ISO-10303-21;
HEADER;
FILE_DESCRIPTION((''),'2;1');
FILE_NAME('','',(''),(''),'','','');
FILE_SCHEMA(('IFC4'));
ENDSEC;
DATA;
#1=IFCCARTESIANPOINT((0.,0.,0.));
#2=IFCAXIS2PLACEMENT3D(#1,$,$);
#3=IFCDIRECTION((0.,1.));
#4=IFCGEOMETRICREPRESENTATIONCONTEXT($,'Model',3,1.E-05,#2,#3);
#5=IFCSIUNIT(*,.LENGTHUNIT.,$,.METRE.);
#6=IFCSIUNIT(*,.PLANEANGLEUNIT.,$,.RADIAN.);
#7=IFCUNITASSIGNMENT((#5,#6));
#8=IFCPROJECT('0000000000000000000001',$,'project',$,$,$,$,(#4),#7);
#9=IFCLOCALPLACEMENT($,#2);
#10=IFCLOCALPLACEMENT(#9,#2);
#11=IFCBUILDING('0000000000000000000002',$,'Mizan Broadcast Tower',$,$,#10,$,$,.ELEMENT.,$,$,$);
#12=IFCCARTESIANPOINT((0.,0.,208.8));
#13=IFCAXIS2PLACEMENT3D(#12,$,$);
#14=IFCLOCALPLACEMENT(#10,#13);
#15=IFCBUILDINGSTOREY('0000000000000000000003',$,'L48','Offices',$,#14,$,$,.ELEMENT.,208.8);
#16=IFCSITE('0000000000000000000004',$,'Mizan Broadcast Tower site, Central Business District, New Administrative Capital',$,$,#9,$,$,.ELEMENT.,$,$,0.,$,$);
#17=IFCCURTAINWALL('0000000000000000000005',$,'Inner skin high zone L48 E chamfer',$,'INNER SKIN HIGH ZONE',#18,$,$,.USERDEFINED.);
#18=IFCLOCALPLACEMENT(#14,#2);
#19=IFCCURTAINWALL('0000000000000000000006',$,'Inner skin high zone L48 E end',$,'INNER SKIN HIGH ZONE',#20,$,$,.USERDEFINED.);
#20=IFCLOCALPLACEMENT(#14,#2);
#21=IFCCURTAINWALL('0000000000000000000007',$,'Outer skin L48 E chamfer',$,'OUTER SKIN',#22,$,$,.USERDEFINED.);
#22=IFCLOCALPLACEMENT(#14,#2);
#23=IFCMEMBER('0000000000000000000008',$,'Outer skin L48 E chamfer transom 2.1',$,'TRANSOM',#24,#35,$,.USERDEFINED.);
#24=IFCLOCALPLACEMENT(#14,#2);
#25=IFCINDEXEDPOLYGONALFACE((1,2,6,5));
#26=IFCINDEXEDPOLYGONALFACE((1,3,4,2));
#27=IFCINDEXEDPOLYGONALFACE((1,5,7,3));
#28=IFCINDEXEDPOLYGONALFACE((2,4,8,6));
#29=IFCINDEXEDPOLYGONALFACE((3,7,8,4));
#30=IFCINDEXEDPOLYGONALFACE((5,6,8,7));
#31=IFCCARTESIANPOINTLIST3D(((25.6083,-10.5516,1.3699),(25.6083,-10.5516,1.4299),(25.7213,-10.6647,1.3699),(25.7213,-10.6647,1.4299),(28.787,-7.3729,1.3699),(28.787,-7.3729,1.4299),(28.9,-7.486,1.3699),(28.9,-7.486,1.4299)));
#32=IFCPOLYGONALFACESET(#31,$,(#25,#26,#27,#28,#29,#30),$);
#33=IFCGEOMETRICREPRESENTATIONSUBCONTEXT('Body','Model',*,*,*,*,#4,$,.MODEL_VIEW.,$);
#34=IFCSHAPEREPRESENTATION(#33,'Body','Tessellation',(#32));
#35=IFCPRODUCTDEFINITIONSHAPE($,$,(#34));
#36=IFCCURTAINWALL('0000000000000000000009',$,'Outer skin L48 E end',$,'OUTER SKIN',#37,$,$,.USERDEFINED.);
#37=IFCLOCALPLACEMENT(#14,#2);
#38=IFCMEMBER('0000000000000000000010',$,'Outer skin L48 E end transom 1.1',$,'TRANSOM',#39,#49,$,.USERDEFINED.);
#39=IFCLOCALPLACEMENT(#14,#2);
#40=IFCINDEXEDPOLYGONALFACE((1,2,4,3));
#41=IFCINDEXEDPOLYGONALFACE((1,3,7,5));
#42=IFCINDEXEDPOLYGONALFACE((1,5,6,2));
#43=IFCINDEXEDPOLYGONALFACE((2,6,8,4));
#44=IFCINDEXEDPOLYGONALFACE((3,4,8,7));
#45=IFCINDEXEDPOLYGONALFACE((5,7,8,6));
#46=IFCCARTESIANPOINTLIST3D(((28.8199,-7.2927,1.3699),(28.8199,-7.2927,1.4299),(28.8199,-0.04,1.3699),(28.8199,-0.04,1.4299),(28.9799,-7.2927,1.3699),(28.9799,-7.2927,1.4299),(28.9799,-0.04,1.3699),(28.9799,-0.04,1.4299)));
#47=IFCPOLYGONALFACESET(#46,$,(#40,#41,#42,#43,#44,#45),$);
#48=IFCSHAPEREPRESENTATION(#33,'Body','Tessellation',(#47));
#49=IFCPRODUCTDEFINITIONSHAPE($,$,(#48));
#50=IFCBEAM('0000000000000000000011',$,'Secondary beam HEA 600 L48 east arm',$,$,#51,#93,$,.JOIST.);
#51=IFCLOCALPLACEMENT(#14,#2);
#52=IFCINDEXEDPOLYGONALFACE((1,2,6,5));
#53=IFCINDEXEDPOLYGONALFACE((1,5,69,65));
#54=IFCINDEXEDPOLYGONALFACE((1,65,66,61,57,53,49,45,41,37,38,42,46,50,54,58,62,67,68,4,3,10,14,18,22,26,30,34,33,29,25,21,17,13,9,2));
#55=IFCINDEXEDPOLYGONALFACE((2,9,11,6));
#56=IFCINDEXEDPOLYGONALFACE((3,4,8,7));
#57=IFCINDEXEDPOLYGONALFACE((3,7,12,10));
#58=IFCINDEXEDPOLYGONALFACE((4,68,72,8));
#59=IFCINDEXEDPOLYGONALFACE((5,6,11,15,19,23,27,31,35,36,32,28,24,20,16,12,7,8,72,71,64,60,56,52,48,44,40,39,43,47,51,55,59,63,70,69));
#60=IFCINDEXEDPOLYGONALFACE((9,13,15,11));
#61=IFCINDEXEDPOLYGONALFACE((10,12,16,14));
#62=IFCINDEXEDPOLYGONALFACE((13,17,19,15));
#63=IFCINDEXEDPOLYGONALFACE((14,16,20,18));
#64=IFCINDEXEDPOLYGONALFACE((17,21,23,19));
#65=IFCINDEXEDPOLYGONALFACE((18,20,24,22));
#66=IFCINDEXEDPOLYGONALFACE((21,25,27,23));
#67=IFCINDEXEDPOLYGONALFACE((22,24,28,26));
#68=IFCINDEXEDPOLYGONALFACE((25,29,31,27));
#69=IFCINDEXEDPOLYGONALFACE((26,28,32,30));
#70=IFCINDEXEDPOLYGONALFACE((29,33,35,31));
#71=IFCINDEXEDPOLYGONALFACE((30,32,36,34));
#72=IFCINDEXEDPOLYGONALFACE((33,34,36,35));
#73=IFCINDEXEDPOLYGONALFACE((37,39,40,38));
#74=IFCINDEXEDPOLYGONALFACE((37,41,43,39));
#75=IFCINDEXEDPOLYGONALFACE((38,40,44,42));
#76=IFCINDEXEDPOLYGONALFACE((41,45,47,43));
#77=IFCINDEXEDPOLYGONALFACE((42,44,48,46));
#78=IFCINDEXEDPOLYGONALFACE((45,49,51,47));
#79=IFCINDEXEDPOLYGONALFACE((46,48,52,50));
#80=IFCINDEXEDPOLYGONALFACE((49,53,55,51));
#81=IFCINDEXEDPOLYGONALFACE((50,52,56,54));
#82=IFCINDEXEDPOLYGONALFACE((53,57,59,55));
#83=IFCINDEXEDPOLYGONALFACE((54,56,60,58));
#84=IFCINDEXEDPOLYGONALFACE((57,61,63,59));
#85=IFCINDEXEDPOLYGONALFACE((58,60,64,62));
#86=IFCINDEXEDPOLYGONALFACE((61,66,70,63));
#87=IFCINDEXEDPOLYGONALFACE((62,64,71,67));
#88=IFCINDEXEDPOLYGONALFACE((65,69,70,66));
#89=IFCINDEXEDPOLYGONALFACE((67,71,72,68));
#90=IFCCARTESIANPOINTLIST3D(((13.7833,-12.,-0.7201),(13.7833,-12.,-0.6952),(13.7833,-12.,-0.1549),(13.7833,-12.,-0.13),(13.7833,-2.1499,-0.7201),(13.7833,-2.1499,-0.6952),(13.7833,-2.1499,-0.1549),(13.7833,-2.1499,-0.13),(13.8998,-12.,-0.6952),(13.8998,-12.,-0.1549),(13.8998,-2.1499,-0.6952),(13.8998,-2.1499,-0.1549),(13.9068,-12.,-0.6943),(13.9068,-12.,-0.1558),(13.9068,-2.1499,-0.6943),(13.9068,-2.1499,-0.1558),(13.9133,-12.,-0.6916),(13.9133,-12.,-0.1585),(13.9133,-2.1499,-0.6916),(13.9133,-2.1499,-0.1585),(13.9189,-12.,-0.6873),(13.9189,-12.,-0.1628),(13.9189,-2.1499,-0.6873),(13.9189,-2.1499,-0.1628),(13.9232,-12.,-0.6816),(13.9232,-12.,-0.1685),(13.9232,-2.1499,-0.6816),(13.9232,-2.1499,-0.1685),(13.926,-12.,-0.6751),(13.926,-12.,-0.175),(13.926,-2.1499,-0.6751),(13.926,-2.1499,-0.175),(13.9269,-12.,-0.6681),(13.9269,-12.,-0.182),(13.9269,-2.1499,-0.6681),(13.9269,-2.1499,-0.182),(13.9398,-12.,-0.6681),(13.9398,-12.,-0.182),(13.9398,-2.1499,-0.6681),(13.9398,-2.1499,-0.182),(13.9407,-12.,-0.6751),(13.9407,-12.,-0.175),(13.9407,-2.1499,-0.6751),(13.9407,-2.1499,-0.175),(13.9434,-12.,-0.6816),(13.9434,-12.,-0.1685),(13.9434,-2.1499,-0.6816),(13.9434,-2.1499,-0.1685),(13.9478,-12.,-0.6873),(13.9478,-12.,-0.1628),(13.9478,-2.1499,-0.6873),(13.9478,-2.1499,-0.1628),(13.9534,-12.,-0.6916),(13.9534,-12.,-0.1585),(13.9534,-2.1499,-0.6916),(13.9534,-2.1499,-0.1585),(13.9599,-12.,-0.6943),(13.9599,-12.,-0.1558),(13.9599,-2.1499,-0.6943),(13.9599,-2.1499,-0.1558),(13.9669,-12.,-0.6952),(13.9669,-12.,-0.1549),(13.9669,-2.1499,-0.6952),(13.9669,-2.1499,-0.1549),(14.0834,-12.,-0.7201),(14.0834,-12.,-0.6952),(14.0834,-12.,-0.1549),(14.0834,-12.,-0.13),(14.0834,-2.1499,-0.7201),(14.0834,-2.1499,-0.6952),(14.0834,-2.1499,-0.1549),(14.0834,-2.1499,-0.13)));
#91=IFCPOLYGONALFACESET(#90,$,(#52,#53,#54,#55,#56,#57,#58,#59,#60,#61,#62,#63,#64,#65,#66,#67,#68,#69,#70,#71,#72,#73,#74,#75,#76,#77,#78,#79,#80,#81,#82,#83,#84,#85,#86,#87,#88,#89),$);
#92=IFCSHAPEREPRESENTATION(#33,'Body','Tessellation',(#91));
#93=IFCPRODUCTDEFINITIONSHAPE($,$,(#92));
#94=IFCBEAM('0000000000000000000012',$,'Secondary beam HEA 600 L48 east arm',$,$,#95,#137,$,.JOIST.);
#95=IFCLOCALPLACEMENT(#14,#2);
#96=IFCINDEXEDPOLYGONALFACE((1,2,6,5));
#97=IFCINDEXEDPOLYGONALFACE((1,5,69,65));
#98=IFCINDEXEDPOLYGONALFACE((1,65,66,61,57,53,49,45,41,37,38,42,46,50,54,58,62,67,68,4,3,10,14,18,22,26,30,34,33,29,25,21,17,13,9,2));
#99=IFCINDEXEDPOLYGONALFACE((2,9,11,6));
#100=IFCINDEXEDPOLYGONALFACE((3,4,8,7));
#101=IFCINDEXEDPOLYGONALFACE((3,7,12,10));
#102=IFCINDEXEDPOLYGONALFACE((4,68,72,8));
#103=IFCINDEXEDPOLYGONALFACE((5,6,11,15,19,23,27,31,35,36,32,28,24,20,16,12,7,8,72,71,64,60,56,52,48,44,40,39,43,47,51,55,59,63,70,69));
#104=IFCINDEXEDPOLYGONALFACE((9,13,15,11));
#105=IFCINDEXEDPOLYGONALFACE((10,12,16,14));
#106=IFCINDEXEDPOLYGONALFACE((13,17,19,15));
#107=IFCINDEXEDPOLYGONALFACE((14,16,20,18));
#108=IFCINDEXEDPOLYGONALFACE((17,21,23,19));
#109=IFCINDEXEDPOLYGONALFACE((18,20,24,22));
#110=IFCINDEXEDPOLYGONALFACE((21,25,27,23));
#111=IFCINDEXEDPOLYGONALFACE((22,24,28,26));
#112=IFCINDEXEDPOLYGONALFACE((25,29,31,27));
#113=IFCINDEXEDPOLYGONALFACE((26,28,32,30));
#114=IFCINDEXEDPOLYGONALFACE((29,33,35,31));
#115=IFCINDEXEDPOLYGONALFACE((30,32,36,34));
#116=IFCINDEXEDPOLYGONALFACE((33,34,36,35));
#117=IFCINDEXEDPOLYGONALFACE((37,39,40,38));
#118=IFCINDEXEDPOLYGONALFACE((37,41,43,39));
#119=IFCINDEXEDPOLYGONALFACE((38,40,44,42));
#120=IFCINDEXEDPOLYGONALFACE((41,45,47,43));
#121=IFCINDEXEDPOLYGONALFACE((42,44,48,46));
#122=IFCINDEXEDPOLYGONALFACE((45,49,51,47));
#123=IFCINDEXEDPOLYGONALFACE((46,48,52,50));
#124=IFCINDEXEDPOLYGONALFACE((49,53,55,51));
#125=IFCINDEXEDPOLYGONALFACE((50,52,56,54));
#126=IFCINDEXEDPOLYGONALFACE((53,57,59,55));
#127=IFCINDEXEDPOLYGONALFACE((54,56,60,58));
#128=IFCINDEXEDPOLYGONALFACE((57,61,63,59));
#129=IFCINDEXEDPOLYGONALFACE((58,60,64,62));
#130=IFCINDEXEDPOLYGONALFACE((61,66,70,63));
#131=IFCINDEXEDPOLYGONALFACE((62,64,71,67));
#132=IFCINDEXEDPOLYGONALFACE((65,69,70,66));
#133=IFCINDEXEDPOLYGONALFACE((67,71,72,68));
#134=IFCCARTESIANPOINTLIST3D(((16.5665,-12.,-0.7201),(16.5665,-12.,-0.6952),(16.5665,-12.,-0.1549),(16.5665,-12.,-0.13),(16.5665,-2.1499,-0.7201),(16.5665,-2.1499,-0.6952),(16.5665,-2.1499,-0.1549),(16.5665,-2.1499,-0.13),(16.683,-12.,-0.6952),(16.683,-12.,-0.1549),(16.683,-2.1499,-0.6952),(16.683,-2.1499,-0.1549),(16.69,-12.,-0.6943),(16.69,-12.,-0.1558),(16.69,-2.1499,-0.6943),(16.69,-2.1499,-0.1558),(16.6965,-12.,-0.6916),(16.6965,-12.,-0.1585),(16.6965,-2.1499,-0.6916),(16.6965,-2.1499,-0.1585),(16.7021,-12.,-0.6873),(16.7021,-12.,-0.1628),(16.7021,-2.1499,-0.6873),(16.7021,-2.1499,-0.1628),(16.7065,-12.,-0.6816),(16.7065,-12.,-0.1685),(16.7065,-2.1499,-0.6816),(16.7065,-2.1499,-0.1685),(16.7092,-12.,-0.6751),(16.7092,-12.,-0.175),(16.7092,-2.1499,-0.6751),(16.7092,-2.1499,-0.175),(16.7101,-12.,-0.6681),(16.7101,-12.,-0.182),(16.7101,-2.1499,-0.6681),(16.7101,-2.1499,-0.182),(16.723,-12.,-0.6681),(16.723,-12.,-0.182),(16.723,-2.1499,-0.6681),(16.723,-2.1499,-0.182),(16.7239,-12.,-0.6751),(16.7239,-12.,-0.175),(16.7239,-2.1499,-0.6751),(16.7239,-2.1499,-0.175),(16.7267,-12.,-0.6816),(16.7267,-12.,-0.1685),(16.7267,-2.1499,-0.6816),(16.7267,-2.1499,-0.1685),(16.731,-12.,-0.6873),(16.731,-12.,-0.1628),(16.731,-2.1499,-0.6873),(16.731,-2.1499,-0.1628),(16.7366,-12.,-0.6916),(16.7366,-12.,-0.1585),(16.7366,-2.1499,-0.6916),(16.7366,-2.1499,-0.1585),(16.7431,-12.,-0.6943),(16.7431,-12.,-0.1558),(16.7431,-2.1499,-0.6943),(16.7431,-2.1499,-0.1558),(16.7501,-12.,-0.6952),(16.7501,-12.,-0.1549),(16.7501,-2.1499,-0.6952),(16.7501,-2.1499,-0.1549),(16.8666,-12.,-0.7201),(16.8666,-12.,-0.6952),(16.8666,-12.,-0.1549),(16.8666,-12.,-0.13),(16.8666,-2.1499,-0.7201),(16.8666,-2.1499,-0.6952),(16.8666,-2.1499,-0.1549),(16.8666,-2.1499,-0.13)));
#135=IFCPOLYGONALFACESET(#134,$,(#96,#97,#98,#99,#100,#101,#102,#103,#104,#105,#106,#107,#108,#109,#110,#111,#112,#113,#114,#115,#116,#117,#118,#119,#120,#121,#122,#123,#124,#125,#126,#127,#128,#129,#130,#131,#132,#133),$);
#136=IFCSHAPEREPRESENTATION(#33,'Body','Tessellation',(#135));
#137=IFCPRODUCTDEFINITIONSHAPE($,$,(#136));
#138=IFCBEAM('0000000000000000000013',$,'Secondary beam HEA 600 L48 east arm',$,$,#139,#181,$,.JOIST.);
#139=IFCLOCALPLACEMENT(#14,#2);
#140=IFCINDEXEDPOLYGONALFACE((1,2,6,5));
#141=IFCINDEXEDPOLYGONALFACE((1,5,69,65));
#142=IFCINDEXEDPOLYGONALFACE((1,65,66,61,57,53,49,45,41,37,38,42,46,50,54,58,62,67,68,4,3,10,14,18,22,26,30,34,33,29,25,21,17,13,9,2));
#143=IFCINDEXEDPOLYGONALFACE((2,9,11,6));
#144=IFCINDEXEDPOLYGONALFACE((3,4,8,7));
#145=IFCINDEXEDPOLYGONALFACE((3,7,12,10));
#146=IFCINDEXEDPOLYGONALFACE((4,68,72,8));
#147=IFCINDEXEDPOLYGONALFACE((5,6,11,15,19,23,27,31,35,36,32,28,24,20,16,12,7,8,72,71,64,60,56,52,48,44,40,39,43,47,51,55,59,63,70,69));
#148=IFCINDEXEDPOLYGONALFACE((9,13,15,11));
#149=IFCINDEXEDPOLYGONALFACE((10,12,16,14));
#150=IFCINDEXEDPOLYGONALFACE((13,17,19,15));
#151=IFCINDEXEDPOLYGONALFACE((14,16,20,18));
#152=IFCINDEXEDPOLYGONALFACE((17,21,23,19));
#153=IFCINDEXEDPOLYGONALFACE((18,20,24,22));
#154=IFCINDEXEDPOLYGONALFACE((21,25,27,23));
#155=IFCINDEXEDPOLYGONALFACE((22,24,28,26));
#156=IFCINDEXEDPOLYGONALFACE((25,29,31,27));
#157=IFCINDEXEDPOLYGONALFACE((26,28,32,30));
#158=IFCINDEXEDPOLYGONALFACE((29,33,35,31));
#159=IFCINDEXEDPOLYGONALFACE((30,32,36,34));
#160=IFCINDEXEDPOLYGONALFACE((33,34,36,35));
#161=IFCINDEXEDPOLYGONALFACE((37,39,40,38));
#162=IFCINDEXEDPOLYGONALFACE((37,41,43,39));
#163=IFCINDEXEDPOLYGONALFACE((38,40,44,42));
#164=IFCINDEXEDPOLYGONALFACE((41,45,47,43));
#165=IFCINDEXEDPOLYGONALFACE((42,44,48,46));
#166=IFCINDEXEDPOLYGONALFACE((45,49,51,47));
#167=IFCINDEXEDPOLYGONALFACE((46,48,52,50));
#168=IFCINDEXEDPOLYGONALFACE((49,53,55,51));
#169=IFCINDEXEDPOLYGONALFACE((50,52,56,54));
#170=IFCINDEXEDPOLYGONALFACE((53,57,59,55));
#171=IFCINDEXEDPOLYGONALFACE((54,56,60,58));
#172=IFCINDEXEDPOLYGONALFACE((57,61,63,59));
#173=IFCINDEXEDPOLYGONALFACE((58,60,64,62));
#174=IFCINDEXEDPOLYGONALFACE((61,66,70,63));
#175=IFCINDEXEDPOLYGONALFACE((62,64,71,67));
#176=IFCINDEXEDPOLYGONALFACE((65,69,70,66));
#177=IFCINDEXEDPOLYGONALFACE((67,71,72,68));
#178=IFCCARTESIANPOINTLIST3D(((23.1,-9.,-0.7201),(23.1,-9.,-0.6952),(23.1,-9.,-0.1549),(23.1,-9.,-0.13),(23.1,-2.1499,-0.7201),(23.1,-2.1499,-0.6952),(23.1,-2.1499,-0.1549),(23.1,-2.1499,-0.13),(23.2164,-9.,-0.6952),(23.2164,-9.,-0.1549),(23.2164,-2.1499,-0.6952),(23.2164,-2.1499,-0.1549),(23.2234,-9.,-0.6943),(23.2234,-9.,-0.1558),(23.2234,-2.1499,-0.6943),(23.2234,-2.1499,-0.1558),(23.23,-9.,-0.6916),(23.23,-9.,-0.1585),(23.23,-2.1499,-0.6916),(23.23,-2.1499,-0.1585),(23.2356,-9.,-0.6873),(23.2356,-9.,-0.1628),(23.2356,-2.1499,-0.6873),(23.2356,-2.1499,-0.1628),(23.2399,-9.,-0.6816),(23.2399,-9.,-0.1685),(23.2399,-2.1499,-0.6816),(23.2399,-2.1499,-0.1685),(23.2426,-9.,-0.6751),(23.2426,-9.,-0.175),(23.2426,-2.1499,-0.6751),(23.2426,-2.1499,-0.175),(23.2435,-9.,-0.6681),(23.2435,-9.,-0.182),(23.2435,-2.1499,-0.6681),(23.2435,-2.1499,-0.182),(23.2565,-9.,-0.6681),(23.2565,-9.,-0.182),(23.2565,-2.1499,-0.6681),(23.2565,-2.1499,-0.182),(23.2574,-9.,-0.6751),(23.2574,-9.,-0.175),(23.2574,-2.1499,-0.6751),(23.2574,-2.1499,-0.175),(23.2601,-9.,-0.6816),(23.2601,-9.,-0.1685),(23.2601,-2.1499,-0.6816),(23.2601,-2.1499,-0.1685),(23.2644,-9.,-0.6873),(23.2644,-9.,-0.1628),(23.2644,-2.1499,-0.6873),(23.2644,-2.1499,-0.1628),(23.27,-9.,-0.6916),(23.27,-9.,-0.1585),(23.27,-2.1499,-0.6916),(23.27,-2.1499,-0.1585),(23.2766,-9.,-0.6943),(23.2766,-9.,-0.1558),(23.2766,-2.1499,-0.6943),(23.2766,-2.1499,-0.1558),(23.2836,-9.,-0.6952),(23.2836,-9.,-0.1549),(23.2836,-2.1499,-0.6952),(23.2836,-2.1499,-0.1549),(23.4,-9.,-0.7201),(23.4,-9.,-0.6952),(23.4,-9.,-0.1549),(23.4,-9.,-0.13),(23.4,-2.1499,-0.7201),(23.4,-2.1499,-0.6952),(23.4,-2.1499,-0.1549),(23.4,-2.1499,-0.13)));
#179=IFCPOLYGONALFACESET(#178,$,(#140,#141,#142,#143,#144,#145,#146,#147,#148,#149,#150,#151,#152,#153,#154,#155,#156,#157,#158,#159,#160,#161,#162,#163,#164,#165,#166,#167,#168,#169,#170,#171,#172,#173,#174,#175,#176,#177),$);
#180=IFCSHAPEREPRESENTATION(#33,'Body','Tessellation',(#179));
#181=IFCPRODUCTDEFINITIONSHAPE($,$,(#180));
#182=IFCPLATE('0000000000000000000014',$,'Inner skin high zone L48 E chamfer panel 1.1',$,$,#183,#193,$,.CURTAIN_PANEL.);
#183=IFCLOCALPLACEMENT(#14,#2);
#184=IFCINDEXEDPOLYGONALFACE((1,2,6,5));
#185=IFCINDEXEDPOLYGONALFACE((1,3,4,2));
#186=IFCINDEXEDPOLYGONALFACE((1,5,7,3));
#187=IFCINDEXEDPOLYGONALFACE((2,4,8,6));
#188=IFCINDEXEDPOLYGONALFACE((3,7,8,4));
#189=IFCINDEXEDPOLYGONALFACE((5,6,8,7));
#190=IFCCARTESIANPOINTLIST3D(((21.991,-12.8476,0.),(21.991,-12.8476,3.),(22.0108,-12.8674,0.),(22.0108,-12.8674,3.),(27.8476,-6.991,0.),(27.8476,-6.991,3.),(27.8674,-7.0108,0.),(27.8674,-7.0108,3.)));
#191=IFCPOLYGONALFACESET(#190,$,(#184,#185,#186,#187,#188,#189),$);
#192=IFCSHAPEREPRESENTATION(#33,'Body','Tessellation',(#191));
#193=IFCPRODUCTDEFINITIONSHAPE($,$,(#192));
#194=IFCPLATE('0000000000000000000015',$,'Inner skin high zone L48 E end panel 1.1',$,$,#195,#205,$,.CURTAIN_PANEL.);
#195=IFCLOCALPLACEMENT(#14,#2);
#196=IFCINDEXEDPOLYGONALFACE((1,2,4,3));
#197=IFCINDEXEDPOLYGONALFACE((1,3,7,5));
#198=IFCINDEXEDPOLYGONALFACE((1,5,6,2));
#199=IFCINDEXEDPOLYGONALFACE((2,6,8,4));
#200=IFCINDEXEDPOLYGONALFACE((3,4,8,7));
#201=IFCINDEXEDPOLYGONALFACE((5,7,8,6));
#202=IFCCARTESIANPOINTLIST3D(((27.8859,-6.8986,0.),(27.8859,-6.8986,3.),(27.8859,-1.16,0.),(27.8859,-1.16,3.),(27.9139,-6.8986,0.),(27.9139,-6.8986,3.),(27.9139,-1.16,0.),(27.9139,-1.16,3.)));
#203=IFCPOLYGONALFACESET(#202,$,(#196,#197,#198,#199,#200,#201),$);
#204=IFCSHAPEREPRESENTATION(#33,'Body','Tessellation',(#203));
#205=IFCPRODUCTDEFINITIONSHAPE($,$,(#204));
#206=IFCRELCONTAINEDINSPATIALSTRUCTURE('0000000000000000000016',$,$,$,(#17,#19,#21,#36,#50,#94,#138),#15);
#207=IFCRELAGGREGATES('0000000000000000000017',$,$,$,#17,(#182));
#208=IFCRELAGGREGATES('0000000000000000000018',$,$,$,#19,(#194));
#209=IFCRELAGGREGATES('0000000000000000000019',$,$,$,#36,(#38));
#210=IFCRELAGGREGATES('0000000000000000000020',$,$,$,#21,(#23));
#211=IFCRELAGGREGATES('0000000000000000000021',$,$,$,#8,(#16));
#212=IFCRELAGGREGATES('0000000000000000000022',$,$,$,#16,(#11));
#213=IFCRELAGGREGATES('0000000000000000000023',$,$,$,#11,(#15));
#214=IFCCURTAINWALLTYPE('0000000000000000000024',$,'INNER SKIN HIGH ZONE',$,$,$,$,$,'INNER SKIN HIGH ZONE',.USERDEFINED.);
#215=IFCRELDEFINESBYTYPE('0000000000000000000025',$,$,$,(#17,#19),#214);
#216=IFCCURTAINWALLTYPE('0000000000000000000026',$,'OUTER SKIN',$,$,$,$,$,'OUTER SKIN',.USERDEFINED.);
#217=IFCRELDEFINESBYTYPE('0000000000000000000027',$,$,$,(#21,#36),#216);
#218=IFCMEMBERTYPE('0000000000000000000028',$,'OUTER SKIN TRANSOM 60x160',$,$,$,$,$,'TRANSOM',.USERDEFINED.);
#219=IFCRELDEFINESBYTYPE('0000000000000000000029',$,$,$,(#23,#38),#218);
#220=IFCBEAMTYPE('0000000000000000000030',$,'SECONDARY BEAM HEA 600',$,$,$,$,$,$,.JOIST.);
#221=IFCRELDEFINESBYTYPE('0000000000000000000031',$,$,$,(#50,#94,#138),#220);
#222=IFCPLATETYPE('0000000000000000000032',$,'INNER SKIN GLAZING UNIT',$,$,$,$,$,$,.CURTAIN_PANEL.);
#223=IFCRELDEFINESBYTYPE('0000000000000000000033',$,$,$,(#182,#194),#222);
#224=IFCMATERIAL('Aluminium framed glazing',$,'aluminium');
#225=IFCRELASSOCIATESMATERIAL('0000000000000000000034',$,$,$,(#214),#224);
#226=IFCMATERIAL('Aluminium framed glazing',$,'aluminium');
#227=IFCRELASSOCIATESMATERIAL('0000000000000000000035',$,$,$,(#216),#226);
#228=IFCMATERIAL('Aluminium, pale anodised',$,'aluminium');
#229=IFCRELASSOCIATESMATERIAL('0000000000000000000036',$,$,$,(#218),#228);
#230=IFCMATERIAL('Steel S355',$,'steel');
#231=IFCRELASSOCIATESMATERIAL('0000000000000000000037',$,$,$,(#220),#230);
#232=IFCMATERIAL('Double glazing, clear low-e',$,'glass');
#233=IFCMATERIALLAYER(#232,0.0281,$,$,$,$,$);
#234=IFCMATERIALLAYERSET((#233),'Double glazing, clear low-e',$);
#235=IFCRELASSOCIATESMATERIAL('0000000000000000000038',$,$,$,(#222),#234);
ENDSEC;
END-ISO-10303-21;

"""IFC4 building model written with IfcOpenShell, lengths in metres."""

from ifc_helpers import new_model, si_unit, direction, frame, origin, origin_2d, place, context, subcontext, project, spatial, rectangle, i_section, extrude, material, layer, layer_set, material_profile, profile_set, type_object, element, aggregate, save


model = new_model("IFC4")

# Units and contexts
model_context = context("Model", 3, precision=1e-05, world=origin(), true_north=direction((0.0, 1.0)))
body_context = subcontext(model_context, "Body", "Model", "MODEL_VIEW")
ifc_project = project(units=[si_unit("LENGTHUNIT", "METRE"), si_unit("PLANEANGLEUNIT", "RADIAN")], contexts=[model_context])

# Site, building, storey
site_placement = place(None, origin())
site = spatial("IfcSite", under=ifc_project, at=site_placement, Name="Mizan Broadcast Tower site, Central Business District, New Administrative Capital", CompositionType="ELEMENT", RefElevation=0.0)
building_placement = place(site_placement, origin())
building = spatial("IfcBuilding", under=site, at=building_placement, Name="Mizan Broadcast Tower", CompositionType="ELEMENT")
storey_placement = place(building_placement, frame((0.0, 0.0, 208.8)))
storey = spatial("IfcBuildingStorey", under=building, at=storey_placement, Name="L48", Description="Offices", CompositionType="ELEMENT", Elevation=208.8)

# Curtain walls
ifc_material_1 = material(Name="Aluminium framed glazing", Category="aluminium")
curtain_wall_type_1 = type_object("IfcCurtainWallType", Name="INNER SKIN HIGH ZONE", ElementType="INNER SKIN HIGH ZONE", PredefinedType="USERDEFINED", material=ifc_material_1)
curtain_wall_1_placement = place(storey_placement, origin())
curtain_wall_1 = element("IfcCurtainWall", 1, at=curtain_wall_1_placement, inside=storey, type_object=curtain_wall_type_1, Name="Inner skin high zone L48 E chamfer", ObjectType="INNER SKIN HIGH ZONE", PredefinedType="USERDEFINED")
curtain_wall_2_placement = place(storey_placement, origin())
curtain_wall_2 = element("IfcCurtainWall", 2, at=curtain_wall_2_placement, inside=storey, type_object=curtain_wall_type_1, Name="Inner skin high zone L48 E end", ObjectType="INNER SKIN HIGH ZONE", PredefinedType="USERDEFINED")

# Curtain wall, member
ifc_material_2 = material(Name="Aluminium framed glazing", Category="aluminium")
curtain_wall_type_2 = type_object("IfcCurtainWallType", Name="OUTER SKIN", ElementType="OUTER SKIN", PredefinedType="USERDEFINED", material=ifc_material_2)
curtain_wall_3_placement = place(storey_placement, origin())
curtain_wall_3 = element("IfcCurtainWall", 3, at=curtain_wall_3_placement, inside=storey, type_object=curtain_wall_type_2, Name="Outer skin L48 E chamfer", ObjectType="OUTER SKIN", PredefinedType="USERDEFINED")
ifc_material_3 = material(Name="Aluminium, pale anodised", Category="aluminium")
ifc_material_profile_1 = material_profile(ifc_material_3, rectangle(XDim=0.1599, YDim=0.0601, at=origin_2d()), Name="TRANSOM 160x60")
ifc_profile_set_1 = profile_set([ifc_material_profile_1], Name="Aluminium, pale anodised")
member_type_1 = type_object("IfcMemberType", Name="OUTER SKIN TRANSOM 60x160", ElementType="TRANSOM", PredefinedType="USERDEFINED", material=ifc_profile_set_1)
member_1_placement = place(storey_placement, frame((25.6648, -10.6082, 1.3999), z_axis=(0.707107, 0.707107, 0.0), x_axis=(-0.707107, 0.707107, 0.0)))
member_1 = element("IfcMember", 4, at=member_1_placement, type_object=member_type_1, Name="Outer skin L48 E chamfer transom 2.1", ObjectType="TRANSOM", PredefinedType="USERDEFINED", context=body_context, shape_type="SweptSolid", body=[
    extrude(rectangle(XDim=0.1599, YDim=0.0601, at=origin_2d()), origin(), (0.0, 0.0, 1.0), 4.4954),
])

# Curtain wall, member
curtain_wall_4_placement = place(storey_placement, origin())
curtain_wall_4 = element("IfcCurtainWall", 5, at=curtain_wall_4_placement, inside=storey, type_object=curtain_wall_type_2, Name="Outer skin L48 E end", ObjectType="OUTER SKIN", PredefinedType="USERDEFINED")
member_2_placement = place(storey_placement, frame((28.8999, -7.2927, 1.3999), z_axis=(0.0, 1.0, 0.0), x_axis=(-1.0, 0.0, 0.0)))
member_2 = element("IfcMember", 6, at=member_2_placement, type_object=member_type_1, Name="Outer skin L48 E end transom 1.1", ObjectType="TRANSOM", PredefinedType="USERDEFINED", context=body_context, shape_type="SweptSolid", body=[
    extrude(rectangle(XDim=0.1599, YDim=0.0601, at=origin_2d()), origin(), (0.0, 0.0, 1.0), 7.2527),
])

# Beams
ifc_material_4 = material(Name="Steel S355", Category="steel")
ifc_material_profile_2 = material_profile(ifc_material_4, i_section(OverallWidth=0.3, OverallDepth=0.5901, WebThickness=0.0129, FlangeThickness=0.0249, FilletRadius=0.0271, at=origin_2d()), Name="HEA 600")
ifc_profile_set_2 = profile_set([ifc_material_profile_2], Name="Steel S355")
beam_type_1 = type_object("IfcBeamType", Name="SECONDARY BEAM HEA 600", PredefinedType="JOIST", material=ifc_profile_set_2)
for number, where, z_axis, x_axis, name in (
    (7, (13.9333, -12.0, -0.425), (0.0, 1.0, 0.0), (-1.0, 0.0, 0.0), "Secondary beam HEA 600 L48 east arm"),
    (8, (16.7166, -12.0, -0.425), (0.0, 1.0, 0.0), (-1.0, 0.0, 0.0), "Secondary beam HEA 600 L48 east arm"),
):
    element("IfcBeam", number, at=place(storey_placement, frame(where, z_axis=z_axis, x_axis=x_axis)), inside=storey, type_object=beam_type_1, Name=name, PredefinedType="JOIST", context=body_context, shape_type="SweptSolid", body=[
        extrude(i_section(OverallWidth=0.3, OverallDepth=0.5901, WebThickness=0.0129, FlangeThickness=0.0249, FilletRadius=0.0271, at=origin_2d()), origin(), (0.0, 0.0, 1.0), 9.8501),
    ])
beam_1_placement = place(storey_placement, frame((23.25, -9.0, -0.425), z_axis=(0.0, 1.0, 0.0), x_axis=(-1.0, 0.0, 0.0)))
element("IfcBeam", 9, at=beam_1_placement, inside=storey, type_object=beam_type_1, Name="Secondary beam HEA 600 L48 east arm", PredefinedType="JOIST", context=body_context, shape_type="SweptSolid", body=[
    extrude(i_section(OverallWidth=0.3, OverallDepth=0.5901, WebThickness=0.0129, FlangeThickness=0.0249, FilletRadius=0.0271, at=origin_2d()), origin(), (0.0, 0.0, 1.0), 6.8501),
])

# Plates
ifc_material_5 = material(Name="Double glazing, clear low-e", Category="glass")
ifc_layer_1 = layer(ifc_material_5, 0.0281)
ifc_layer_set_1 = layer_set([ifc_layer_1], Name="Double glazing, clear low-e")
plate_type_1 = type_object("IfcPlateType", Name="INNER SKIN GLAZING UNIT", PredefinedType="CURTAIN_PANEL", material=ifc_layer_set_1)
plate_1_placement = place(storey_placement, frame((24.9292, -9.9292, 0.0), z_axis=(0.0, 0.0, 1.0), x_axis=(0.707107, 0.707107, 0.0)))
plate_1 = element("IfcPlate", 10, at=plate_1_placement, type_object=plate_type_1, Name="Inner skin high zone L48 E chamfer panel 1.1", PredefinedType="CURTAIN_PANEL", context=body_context, shape_type="SweptSolid", body=[
    extrude(rectangle(XDim=8.2825, YDim=0.0281, at=origin_2d()), origin(), (0.0, 0.0, 1.0), 3.0),
])
plate_2_placement = place(storey_placement, frame((27.8999, -4.0293, 0.0), z_axis=(0.0, 0.0, 1.0), x_axis=(0.0, 1.0, 0.0)))
plate_2 = element("IfcPlate", 11, at=plate_2_placement, type_object=plate_type_1, Name="Inner skin high zone L48 E end panel 1.1", PredefinedType="CURTAIN_PANEL", context=body_context, shape_type="SweptSolid", body=[
    extrude(rectangle(XDim=5.7385, YDim=0.0281, at=origin_2d()), origin(), (0.0, 0.0, 1.0), 3.0),
])
aggregate(curtain_wall_1, [plate_1])
aggregate(curtain_wall_2, [plate_2])
aggregate(curtain_wall_4, [member_2])
aggregate(curtain_wall_3, [member_1])

save(model, "model.ifc")
